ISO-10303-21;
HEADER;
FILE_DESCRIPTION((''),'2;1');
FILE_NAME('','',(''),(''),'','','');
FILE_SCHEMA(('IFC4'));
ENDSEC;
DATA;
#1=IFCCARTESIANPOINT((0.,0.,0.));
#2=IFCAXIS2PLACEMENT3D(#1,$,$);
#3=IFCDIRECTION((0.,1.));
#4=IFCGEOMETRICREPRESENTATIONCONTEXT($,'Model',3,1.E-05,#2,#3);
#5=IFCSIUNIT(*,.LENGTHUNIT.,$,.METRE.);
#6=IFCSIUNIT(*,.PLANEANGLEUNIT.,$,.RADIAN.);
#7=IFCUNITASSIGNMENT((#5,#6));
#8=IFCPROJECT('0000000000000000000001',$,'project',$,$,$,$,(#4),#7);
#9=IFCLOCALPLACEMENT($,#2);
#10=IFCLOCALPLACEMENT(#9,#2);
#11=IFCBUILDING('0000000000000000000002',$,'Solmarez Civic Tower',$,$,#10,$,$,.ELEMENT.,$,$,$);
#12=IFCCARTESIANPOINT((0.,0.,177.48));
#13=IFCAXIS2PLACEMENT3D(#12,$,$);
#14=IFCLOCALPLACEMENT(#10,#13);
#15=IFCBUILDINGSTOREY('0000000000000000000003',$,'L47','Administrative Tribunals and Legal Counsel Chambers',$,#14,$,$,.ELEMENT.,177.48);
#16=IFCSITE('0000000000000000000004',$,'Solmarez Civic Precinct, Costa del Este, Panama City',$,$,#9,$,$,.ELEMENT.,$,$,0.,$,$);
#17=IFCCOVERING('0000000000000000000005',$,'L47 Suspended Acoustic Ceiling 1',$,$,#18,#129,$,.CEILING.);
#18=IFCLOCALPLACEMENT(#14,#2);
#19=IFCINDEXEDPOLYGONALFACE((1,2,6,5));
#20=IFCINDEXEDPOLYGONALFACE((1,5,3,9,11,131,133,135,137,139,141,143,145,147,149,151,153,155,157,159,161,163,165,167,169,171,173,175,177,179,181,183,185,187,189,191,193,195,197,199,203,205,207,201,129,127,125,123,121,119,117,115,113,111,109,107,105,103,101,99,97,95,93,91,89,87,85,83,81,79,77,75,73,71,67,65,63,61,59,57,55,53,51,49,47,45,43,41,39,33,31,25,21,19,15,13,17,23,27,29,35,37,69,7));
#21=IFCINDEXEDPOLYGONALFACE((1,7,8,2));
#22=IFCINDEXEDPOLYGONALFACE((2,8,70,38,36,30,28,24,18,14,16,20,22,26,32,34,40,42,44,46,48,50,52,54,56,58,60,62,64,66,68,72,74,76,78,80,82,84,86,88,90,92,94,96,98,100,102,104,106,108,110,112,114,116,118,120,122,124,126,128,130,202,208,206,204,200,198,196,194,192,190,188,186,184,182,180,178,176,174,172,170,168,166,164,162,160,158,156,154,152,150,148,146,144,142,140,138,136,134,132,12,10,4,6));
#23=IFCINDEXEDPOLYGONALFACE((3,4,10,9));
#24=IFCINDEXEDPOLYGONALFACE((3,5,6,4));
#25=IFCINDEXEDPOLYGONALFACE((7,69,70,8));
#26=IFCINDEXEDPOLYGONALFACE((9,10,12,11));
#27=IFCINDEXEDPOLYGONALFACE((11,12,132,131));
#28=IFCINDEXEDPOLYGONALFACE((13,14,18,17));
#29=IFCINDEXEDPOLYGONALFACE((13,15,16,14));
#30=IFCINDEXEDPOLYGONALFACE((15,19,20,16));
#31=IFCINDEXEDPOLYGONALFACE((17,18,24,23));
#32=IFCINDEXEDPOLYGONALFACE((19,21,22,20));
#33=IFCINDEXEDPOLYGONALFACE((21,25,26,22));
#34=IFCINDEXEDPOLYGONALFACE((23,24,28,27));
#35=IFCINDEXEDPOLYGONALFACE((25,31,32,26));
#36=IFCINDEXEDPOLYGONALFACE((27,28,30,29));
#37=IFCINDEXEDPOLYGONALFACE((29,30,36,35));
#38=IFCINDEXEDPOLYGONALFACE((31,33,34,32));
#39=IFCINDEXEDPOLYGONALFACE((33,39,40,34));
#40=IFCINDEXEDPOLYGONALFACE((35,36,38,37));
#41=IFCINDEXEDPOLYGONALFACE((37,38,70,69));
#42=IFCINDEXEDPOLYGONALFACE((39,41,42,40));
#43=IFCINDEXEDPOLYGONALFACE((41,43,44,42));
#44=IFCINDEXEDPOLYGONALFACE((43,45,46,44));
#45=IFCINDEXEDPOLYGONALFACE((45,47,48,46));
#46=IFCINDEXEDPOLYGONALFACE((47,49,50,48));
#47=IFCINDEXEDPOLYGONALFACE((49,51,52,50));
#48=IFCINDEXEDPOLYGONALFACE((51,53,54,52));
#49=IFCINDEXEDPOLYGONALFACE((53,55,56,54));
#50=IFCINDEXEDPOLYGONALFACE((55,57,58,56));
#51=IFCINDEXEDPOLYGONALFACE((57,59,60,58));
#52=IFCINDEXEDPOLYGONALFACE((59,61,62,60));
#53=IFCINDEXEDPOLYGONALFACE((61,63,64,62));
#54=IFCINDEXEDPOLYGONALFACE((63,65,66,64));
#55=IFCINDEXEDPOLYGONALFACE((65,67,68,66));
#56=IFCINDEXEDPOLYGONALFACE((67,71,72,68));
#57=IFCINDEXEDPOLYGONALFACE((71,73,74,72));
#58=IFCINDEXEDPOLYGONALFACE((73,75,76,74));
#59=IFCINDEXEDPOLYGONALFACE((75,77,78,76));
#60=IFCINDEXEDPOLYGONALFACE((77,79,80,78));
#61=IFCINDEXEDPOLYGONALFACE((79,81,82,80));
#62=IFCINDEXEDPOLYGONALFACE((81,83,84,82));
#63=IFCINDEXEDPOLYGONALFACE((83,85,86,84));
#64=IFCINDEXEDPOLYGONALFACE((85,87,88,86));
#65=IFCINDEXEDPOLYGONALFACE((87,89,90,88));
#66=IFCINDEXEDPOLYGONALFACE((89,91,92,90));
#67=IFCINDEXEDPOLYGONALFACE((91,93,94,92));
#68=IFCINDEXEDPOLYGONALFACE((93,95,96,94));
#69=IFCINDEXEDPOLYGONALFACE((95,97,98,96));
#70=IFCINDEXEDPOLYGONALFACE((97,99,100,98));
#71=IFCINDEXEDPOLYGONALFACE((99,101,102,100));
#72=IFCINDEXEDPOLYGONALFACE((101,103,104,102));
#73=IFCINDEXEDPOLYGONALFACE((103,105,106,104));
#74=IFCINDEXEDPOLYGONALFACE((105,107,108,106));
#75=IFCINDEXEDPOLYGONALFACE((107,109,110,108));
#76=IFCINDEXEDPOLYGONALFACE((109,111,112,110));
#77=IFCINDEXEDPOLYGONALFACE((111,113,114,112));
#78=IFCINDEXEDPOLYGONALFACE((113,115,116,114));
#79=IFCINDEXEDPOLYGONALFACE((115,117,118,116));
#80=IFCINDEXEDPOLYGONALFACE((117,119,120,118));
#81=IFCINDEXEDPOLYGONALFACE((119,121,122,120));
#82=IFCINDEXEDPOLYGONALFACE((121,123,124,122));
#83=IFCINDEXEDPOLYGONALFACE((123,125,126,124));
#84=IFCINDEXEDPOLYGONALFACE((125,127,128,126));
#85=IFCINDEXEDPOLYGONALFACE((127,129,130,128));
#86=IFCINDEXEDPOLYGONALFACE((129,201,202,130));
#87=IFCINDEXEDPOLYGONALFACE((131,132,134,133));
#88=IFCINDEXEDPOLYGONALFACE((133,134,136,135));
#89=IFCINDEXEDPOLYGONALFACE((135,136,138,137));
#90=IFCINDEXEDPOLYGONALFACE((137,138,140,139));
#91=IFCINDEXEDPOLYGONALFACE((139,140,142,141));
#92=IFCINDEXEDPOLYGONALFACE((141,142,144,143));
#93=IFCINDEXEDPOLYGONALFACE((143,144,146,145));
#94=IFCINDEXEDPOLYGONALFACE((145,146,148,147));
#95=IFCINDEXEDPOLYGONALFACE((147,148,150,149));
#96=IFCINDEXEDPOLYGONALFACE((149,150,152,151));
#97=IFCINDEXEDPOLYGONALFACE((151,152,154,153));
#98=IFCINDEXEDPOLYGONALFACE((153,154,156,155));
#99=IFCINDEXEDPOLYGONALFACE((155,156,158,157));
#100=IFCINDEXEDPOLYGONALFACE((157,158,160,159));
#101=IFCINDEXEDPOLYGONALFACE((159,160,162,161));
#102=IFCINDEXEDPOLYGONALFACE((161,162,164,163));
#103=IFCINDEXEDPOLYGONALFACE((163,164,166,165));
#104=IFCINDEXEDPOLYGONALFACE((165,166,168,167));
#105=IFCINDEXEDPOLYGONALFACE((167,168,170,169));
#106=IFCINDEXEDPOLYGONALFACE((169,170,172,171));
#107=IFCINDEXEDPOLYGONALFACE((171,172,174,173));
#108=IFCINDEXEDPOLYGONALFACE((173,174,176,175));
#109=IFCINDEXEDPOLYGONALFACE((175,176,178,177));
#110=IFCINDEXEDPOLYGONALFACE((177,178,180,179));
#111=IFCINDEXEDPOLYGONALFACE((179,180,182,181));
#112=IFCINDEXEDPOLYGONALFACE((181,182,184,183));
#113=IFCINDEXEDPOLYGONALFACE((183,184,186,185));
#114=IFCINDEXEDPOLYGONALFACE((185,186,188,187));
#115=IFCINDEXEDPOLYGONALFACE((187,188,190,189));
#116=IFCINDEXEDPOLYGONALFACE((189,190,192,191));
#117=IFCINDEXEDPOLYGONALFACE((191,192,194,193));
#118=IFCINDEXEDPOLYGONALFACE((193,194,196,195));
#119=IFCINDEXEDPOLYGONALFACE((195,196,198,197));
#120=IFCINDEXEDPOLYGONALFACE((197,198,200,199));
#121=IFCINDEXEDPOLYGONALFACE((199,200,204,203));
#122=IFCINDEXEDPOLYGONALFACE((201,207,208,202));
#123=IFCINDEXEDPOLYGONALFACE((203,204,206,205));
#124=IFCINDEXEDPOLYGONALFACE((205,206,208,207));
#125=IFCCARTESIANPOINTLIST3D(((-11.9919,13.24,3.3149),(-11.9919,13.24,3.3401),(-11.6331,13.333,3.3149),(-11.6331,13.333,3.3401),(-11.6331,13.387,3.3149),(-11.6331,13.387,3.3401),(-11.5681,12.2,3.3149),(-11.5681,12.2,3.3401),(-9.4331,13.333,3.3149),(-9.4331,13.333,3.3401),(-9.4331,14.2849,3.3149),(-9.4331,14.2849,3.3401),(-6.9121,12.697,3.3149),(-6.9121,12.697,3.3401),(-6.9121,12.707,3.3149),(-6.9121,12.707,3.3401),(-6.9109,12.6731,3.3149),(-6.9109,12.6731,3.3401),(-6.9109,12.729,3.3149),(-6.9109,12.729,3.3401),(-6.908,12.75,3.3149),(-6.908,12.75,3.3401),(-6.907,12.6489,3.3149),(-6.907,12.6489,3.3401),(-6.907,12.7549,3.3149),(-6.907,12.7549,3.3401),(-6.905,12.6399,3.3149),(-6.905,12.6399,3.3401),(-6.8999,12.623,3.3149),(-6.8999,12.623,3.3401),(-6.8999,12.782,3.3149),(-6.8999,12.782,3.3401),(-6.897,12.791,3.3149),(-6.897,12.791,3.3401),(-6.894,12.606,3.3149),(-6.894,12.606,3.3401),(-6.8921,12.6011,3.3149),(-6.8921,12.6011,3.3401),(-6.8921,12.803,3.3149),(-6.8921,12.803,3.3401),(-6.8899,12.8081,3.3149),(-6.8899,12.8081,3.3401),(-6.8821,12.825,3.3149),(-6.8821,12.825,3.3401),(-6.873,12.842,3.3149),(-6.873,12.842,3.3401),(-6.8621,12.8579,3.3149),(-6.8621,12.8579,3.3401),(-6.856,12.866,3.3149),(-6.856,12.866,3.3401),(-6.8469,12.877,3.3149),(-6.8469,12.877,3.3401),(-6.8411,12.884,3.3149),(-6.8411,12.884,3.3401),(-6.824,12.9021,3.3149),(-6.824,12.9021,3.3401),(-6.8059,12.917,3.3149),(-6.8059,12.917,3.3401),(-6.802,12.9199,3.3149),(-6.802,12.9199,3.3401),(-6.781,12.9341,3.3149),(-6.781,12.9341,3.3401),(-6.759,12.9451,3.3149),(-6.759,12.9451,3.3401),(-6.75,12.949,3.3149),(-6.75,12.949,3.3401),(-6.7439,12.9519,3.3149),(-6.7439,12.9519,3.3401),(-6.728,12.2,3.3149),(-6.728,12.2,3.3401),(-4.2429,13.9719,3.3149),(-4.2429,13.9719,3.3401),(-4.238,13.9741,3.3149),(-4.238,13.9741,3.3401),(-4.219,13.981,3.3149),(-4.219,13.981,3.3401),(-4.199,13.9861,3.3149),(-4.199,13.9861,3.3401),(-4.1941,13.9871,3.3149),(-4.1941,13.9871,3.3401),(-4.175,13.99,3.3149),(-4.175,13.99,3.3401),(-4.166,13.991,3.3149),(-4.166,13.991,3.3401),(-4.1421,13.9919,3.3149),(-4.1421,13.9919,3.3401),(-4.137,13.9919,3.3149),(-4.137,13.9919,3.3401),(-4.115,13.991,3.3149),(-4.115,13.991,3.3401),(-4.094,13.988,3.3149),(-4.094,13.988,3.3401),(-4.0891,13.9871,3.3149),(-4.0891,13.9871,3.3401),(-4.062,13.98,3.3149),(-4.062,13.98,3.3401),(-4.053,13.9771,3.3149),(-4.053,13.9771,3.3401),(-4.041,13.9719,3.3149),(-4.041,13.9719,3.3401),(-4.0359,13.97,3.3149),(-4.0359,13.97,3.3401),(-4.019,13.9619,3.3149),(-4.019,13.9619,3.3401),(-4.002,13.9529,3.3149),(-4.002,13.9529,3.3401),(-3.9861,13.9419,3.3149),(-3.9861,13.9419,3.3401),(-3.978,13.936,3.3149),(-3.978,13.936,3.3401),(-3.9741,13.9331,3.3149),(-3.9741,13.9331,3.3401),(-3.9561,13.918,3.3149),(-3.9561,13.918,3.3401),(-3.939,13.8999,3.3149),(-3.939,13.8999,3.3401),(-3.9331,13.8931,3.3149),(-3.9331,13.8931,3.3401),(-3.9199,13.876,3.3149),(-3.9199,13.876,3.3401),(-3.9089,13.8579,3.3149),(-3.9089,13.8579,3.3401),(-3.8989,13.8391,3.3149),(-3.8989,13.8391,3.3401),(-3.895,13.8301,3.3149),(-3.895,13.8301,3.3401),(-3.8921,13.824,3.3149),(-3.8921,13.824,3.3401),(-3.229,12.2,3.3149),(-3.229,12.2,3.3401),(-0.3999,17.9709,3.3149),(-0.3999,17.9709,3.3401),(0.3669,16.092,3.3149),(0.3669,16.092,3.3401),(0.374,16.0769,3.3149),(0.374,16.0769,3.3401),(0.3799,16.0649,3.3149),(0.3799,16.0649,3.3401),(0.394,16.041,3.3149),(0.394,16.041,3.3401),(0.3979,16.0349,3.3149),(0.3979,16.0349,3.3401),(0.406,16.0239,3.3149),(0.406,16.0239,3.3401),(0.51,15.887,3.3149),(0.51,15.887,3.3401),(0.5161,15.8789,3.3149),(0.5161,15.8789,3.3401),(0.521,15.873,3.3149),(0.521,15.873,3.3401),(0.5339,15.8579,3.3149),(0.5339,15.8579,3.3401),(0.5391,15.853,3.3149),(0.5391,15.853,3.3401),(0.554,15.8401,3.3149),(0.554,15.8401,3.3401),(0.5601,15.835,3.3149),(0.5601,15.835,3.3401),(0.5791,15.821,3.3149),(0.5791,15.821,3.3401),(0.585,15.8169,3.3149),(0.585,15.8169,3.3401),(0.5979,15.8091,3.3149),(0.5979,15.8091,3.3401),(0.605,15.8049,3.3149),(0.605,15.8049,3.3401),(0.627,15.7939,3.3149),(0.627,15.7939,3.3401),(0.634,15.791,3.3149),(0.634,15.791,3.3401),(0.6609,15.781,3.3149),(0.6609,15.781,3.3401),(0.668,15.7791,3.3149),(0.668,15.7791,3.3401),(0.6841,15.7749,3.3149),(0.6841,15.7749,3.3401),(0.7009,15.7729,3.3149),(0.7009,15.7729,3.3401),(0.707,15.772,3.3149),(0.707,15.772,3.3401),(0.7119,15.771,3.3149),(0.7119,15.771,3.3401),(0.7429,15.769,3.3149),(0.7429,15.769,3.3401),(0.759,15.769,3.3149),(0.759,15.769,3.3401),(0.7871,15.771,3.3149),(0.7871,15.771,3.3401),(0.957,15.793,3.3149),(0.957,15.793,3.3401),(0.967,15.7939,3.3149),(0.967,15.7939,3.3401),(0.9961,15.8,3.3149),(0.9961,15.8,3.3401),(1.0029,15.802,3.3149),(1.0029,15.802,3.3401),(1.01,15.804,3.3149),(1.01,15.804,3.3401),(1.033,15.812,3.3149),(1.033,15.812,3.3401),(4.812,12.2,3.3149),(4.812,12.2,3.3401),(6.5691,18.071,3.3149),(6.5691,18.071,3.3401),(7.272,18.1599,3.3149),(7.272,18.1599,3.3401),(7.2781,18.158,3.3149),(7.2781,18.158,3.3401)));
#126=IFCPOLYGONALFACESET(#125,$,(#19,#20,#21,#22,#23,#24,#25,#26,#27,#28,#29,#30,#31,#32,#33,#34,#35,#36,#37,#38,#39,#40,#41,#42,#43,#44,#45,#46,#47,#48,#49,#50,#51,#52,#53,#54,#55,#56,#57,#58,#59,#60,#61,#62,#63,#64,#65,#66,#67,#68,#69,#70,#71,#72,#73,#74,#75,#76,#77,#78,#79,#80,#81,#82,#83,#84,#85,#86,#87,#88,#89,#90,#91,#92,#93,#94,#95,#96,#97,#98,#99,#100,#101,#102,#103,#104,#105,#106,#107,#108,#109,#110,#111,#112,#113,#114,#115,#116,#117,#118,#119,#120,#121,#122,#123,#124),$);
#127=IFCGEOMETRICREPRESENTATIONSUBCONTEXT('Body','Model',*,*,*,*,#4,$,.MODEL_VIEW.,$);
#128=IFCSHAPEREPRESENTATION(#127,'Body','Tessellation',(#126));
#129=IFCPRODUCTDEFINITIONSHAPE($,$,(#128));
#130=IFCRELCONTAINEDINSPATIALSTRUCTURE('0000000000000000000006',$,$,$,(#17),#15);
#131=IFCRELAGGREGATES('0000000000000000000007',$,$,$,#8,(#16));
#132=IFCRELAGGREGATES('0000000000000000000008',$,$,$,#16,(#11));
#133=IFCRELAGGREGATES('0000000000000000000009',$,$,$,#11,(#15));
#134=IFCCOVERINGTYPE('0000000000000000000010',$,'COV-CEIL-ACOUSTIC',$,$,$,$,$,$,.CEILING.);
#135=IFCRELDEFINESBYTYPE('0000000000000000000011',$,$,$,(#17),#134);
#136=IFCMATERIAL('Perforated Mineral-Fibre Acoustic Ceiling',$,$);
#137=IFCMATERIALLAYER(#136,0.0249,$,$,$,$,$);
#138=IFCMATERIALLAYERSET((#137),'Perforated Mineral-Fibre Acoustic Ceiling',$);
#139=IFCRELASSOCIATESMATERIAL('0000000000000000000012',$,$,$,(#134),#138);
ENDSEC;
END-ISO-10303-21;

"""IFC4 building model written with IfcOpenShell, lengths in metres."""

from ifc_helpers import new_model, si_unit, direction, frame, origin, place, context, subcontext, project, spatial, polyline, outline, extrude, material, layer, layer_set, type_object, element, save


model = new_model("IFC4")

# Units and contexts
model_context = context("Model", 3, precision=1e-05, world=origin(), true_north=direction((0.0, 1.0)))
body_context = subcontext(model_context, "Body", "Model", "MODEL_VIEW")
ifc_project = project(units=[si_unit("LENGTHUNIT", "METRE"), si_unit("PLANEANGLEUNIT", "RADIAN")], contexts=[model_context])

# Site, building, storey
site_placement = place(None, origin())
site = spatial("IfcSite", under=ifc_project, at=site_placement, Name="Solmarez Civic Precinct, Costa del Este, Panama City", CompositionType="ELEMENT", RefElevation=0.0)
building_placement = place(site_placement, origin())
building = spatial("IfcBuilding", under=site, at=building_placement, Name="Solmarez Civic Tower", CompositionType="ELEMENT")
storey_placement = place(building_placement, frame((0.0, 0.0, 177.48)))
storey = spatial("IfcBuildingStorey", under=building, at=storey_placement, Name="L47", Description="Administrative Tribunals and Legal Counsel Chambers", CompositionType="ELEMENT", Elevation=177.48)

# Covering
ifc_material_1 = material(Name="Perforated Mineral-Fibre Acoustic Ceiling")
ifc_layer_1 = layer(ifc_material_1, 0.0249)
ifc_layer_set_1 = layer_set([ifc_layer_1], Name="Perforated Mineral-Fibre Acoustic Ceiling")
covering_type_1 = type_object("IfcCoveringType", Name="COV-CEIL-ACOUSTIC", PredefinedType="CEILING", material=ifc_layer_set_1)
covering_1_placement = place(storey_placement, frame((0.0, 0.0, 3.3149)))
element("IfcCovering", 1, at=covering_1_placement, inside=storey, type_object=covering_type_1, Name="L47 Suspended Acoustic Ceiling 1", PredefinedType="CEILING", context=body_context, shape_type="SweptSolid", body=[
    extrude(outline(polyline([(-11.9919, 13.24), (-11.5681, 12.2), (-6.728, 12.2), (-6.8921, 12.6011), (-6.894, 12.606), (-6.8999, 12.623), (-6.905, 12.6399), (-6.907, 12.6489), (-6.9109, 12.6731), (-6.9121, 12.697), (-6.9121, 12.707), (-6.9109, 12.729), (-6.908, 12.75), (-6.907, 12.7549), (-6.8999, 12.782), (-6.897, 12.791), (-6.8921, 12.803), (-6.8899, 12.8081), (-6.8821, 12.825), (-6.873, 12.842), (-6.8621, 12.8579), (-6.856, 12.866), (-6.8469, 12.877), (-6.8411, 12.884), (-6.824, 12.9021), (-6.8059, 12.917), (-6.802, 12.9199), (-6.781, 12.9341), (-6.759, 12.9451), (-6.75, 12.949), (-6.7439, 12.9519), (-4.2429, 13.9719), (-4.238, 13.9741), (-4.219, 13.981), (-4.199, 13.9861), (-4.1941, 13.9871), (-4.175, 13.99), (-4.166, 13.991), (-4.1421, 13.9919), (-4.137, 13.9919), (-4.115, 13.991), (-4.094, 13.988), (-4.0891, 13.9871), (-4.062, 13.98), (-4.053, 13.9771), (-4.041, 13.9719), (-4.0359, 13.97), (-4.019, 13.9619), (-4.002, 13.9529), (-3.9861, 13.9419), (-3.978, 13.936), (-3.9741, 13.9331), (-3.9561, 13.918), (-3.939, 13.8999), (-3.9331, 13.8931), (-3.9199, 13.876), (-3.9089, 13.8579), (-3.8989, 13.8391), (-3.895, 13.8301), (-3.8921, 13.824), (-3.229, 12.2), (4.812, 12.2), (7.2781, 18.158), (7.272, 18.1599), (6.5691, 18.071), (1.033, 15.812), (1.01, 15.804), (1.0029, 15.802), (0.9961, 15.8), (0.967, 15.7939), (0.957, 15.793), (0.7871, 15.771), (0.759, 15.769), (0.7429, 15.769), (0.7119, 15.771), (0.707, 15.772), (0.7009, 15.7729), (0.6841, 15.7749), (0.668, 15.7791), (0.6609, 15.781), (0.634, 15.791), (0.627, 15.7939), (0.605, 15.8049), (0.5979, 15.8091), (0.585, 15.8169), (0.5791, 15.821), (0.5601, 15.835), (0.554, 15.8401), (0.5391, 15.853), (0.5339, 15.8579), (0.521, 15.873), (0.5161, 15.8789), (0.51, 15.887), (0.406, 16.0239), (0.3979, 16.0349), (0.394, 16.041), (0.3799, 16.0649), (0.374, 16.0769), (0.3669, 16.092), (-0.3999, 17.9709), (-9.4331, 14.2849), (-9.4331, 13.333), (-11.6331, 13.333), (-11.6331, 13.387), (-11.9919, 13.24)])), origin(), (0.0, 0.0, 1.0), 0.0251),
])

save(model, "model.ifc")
